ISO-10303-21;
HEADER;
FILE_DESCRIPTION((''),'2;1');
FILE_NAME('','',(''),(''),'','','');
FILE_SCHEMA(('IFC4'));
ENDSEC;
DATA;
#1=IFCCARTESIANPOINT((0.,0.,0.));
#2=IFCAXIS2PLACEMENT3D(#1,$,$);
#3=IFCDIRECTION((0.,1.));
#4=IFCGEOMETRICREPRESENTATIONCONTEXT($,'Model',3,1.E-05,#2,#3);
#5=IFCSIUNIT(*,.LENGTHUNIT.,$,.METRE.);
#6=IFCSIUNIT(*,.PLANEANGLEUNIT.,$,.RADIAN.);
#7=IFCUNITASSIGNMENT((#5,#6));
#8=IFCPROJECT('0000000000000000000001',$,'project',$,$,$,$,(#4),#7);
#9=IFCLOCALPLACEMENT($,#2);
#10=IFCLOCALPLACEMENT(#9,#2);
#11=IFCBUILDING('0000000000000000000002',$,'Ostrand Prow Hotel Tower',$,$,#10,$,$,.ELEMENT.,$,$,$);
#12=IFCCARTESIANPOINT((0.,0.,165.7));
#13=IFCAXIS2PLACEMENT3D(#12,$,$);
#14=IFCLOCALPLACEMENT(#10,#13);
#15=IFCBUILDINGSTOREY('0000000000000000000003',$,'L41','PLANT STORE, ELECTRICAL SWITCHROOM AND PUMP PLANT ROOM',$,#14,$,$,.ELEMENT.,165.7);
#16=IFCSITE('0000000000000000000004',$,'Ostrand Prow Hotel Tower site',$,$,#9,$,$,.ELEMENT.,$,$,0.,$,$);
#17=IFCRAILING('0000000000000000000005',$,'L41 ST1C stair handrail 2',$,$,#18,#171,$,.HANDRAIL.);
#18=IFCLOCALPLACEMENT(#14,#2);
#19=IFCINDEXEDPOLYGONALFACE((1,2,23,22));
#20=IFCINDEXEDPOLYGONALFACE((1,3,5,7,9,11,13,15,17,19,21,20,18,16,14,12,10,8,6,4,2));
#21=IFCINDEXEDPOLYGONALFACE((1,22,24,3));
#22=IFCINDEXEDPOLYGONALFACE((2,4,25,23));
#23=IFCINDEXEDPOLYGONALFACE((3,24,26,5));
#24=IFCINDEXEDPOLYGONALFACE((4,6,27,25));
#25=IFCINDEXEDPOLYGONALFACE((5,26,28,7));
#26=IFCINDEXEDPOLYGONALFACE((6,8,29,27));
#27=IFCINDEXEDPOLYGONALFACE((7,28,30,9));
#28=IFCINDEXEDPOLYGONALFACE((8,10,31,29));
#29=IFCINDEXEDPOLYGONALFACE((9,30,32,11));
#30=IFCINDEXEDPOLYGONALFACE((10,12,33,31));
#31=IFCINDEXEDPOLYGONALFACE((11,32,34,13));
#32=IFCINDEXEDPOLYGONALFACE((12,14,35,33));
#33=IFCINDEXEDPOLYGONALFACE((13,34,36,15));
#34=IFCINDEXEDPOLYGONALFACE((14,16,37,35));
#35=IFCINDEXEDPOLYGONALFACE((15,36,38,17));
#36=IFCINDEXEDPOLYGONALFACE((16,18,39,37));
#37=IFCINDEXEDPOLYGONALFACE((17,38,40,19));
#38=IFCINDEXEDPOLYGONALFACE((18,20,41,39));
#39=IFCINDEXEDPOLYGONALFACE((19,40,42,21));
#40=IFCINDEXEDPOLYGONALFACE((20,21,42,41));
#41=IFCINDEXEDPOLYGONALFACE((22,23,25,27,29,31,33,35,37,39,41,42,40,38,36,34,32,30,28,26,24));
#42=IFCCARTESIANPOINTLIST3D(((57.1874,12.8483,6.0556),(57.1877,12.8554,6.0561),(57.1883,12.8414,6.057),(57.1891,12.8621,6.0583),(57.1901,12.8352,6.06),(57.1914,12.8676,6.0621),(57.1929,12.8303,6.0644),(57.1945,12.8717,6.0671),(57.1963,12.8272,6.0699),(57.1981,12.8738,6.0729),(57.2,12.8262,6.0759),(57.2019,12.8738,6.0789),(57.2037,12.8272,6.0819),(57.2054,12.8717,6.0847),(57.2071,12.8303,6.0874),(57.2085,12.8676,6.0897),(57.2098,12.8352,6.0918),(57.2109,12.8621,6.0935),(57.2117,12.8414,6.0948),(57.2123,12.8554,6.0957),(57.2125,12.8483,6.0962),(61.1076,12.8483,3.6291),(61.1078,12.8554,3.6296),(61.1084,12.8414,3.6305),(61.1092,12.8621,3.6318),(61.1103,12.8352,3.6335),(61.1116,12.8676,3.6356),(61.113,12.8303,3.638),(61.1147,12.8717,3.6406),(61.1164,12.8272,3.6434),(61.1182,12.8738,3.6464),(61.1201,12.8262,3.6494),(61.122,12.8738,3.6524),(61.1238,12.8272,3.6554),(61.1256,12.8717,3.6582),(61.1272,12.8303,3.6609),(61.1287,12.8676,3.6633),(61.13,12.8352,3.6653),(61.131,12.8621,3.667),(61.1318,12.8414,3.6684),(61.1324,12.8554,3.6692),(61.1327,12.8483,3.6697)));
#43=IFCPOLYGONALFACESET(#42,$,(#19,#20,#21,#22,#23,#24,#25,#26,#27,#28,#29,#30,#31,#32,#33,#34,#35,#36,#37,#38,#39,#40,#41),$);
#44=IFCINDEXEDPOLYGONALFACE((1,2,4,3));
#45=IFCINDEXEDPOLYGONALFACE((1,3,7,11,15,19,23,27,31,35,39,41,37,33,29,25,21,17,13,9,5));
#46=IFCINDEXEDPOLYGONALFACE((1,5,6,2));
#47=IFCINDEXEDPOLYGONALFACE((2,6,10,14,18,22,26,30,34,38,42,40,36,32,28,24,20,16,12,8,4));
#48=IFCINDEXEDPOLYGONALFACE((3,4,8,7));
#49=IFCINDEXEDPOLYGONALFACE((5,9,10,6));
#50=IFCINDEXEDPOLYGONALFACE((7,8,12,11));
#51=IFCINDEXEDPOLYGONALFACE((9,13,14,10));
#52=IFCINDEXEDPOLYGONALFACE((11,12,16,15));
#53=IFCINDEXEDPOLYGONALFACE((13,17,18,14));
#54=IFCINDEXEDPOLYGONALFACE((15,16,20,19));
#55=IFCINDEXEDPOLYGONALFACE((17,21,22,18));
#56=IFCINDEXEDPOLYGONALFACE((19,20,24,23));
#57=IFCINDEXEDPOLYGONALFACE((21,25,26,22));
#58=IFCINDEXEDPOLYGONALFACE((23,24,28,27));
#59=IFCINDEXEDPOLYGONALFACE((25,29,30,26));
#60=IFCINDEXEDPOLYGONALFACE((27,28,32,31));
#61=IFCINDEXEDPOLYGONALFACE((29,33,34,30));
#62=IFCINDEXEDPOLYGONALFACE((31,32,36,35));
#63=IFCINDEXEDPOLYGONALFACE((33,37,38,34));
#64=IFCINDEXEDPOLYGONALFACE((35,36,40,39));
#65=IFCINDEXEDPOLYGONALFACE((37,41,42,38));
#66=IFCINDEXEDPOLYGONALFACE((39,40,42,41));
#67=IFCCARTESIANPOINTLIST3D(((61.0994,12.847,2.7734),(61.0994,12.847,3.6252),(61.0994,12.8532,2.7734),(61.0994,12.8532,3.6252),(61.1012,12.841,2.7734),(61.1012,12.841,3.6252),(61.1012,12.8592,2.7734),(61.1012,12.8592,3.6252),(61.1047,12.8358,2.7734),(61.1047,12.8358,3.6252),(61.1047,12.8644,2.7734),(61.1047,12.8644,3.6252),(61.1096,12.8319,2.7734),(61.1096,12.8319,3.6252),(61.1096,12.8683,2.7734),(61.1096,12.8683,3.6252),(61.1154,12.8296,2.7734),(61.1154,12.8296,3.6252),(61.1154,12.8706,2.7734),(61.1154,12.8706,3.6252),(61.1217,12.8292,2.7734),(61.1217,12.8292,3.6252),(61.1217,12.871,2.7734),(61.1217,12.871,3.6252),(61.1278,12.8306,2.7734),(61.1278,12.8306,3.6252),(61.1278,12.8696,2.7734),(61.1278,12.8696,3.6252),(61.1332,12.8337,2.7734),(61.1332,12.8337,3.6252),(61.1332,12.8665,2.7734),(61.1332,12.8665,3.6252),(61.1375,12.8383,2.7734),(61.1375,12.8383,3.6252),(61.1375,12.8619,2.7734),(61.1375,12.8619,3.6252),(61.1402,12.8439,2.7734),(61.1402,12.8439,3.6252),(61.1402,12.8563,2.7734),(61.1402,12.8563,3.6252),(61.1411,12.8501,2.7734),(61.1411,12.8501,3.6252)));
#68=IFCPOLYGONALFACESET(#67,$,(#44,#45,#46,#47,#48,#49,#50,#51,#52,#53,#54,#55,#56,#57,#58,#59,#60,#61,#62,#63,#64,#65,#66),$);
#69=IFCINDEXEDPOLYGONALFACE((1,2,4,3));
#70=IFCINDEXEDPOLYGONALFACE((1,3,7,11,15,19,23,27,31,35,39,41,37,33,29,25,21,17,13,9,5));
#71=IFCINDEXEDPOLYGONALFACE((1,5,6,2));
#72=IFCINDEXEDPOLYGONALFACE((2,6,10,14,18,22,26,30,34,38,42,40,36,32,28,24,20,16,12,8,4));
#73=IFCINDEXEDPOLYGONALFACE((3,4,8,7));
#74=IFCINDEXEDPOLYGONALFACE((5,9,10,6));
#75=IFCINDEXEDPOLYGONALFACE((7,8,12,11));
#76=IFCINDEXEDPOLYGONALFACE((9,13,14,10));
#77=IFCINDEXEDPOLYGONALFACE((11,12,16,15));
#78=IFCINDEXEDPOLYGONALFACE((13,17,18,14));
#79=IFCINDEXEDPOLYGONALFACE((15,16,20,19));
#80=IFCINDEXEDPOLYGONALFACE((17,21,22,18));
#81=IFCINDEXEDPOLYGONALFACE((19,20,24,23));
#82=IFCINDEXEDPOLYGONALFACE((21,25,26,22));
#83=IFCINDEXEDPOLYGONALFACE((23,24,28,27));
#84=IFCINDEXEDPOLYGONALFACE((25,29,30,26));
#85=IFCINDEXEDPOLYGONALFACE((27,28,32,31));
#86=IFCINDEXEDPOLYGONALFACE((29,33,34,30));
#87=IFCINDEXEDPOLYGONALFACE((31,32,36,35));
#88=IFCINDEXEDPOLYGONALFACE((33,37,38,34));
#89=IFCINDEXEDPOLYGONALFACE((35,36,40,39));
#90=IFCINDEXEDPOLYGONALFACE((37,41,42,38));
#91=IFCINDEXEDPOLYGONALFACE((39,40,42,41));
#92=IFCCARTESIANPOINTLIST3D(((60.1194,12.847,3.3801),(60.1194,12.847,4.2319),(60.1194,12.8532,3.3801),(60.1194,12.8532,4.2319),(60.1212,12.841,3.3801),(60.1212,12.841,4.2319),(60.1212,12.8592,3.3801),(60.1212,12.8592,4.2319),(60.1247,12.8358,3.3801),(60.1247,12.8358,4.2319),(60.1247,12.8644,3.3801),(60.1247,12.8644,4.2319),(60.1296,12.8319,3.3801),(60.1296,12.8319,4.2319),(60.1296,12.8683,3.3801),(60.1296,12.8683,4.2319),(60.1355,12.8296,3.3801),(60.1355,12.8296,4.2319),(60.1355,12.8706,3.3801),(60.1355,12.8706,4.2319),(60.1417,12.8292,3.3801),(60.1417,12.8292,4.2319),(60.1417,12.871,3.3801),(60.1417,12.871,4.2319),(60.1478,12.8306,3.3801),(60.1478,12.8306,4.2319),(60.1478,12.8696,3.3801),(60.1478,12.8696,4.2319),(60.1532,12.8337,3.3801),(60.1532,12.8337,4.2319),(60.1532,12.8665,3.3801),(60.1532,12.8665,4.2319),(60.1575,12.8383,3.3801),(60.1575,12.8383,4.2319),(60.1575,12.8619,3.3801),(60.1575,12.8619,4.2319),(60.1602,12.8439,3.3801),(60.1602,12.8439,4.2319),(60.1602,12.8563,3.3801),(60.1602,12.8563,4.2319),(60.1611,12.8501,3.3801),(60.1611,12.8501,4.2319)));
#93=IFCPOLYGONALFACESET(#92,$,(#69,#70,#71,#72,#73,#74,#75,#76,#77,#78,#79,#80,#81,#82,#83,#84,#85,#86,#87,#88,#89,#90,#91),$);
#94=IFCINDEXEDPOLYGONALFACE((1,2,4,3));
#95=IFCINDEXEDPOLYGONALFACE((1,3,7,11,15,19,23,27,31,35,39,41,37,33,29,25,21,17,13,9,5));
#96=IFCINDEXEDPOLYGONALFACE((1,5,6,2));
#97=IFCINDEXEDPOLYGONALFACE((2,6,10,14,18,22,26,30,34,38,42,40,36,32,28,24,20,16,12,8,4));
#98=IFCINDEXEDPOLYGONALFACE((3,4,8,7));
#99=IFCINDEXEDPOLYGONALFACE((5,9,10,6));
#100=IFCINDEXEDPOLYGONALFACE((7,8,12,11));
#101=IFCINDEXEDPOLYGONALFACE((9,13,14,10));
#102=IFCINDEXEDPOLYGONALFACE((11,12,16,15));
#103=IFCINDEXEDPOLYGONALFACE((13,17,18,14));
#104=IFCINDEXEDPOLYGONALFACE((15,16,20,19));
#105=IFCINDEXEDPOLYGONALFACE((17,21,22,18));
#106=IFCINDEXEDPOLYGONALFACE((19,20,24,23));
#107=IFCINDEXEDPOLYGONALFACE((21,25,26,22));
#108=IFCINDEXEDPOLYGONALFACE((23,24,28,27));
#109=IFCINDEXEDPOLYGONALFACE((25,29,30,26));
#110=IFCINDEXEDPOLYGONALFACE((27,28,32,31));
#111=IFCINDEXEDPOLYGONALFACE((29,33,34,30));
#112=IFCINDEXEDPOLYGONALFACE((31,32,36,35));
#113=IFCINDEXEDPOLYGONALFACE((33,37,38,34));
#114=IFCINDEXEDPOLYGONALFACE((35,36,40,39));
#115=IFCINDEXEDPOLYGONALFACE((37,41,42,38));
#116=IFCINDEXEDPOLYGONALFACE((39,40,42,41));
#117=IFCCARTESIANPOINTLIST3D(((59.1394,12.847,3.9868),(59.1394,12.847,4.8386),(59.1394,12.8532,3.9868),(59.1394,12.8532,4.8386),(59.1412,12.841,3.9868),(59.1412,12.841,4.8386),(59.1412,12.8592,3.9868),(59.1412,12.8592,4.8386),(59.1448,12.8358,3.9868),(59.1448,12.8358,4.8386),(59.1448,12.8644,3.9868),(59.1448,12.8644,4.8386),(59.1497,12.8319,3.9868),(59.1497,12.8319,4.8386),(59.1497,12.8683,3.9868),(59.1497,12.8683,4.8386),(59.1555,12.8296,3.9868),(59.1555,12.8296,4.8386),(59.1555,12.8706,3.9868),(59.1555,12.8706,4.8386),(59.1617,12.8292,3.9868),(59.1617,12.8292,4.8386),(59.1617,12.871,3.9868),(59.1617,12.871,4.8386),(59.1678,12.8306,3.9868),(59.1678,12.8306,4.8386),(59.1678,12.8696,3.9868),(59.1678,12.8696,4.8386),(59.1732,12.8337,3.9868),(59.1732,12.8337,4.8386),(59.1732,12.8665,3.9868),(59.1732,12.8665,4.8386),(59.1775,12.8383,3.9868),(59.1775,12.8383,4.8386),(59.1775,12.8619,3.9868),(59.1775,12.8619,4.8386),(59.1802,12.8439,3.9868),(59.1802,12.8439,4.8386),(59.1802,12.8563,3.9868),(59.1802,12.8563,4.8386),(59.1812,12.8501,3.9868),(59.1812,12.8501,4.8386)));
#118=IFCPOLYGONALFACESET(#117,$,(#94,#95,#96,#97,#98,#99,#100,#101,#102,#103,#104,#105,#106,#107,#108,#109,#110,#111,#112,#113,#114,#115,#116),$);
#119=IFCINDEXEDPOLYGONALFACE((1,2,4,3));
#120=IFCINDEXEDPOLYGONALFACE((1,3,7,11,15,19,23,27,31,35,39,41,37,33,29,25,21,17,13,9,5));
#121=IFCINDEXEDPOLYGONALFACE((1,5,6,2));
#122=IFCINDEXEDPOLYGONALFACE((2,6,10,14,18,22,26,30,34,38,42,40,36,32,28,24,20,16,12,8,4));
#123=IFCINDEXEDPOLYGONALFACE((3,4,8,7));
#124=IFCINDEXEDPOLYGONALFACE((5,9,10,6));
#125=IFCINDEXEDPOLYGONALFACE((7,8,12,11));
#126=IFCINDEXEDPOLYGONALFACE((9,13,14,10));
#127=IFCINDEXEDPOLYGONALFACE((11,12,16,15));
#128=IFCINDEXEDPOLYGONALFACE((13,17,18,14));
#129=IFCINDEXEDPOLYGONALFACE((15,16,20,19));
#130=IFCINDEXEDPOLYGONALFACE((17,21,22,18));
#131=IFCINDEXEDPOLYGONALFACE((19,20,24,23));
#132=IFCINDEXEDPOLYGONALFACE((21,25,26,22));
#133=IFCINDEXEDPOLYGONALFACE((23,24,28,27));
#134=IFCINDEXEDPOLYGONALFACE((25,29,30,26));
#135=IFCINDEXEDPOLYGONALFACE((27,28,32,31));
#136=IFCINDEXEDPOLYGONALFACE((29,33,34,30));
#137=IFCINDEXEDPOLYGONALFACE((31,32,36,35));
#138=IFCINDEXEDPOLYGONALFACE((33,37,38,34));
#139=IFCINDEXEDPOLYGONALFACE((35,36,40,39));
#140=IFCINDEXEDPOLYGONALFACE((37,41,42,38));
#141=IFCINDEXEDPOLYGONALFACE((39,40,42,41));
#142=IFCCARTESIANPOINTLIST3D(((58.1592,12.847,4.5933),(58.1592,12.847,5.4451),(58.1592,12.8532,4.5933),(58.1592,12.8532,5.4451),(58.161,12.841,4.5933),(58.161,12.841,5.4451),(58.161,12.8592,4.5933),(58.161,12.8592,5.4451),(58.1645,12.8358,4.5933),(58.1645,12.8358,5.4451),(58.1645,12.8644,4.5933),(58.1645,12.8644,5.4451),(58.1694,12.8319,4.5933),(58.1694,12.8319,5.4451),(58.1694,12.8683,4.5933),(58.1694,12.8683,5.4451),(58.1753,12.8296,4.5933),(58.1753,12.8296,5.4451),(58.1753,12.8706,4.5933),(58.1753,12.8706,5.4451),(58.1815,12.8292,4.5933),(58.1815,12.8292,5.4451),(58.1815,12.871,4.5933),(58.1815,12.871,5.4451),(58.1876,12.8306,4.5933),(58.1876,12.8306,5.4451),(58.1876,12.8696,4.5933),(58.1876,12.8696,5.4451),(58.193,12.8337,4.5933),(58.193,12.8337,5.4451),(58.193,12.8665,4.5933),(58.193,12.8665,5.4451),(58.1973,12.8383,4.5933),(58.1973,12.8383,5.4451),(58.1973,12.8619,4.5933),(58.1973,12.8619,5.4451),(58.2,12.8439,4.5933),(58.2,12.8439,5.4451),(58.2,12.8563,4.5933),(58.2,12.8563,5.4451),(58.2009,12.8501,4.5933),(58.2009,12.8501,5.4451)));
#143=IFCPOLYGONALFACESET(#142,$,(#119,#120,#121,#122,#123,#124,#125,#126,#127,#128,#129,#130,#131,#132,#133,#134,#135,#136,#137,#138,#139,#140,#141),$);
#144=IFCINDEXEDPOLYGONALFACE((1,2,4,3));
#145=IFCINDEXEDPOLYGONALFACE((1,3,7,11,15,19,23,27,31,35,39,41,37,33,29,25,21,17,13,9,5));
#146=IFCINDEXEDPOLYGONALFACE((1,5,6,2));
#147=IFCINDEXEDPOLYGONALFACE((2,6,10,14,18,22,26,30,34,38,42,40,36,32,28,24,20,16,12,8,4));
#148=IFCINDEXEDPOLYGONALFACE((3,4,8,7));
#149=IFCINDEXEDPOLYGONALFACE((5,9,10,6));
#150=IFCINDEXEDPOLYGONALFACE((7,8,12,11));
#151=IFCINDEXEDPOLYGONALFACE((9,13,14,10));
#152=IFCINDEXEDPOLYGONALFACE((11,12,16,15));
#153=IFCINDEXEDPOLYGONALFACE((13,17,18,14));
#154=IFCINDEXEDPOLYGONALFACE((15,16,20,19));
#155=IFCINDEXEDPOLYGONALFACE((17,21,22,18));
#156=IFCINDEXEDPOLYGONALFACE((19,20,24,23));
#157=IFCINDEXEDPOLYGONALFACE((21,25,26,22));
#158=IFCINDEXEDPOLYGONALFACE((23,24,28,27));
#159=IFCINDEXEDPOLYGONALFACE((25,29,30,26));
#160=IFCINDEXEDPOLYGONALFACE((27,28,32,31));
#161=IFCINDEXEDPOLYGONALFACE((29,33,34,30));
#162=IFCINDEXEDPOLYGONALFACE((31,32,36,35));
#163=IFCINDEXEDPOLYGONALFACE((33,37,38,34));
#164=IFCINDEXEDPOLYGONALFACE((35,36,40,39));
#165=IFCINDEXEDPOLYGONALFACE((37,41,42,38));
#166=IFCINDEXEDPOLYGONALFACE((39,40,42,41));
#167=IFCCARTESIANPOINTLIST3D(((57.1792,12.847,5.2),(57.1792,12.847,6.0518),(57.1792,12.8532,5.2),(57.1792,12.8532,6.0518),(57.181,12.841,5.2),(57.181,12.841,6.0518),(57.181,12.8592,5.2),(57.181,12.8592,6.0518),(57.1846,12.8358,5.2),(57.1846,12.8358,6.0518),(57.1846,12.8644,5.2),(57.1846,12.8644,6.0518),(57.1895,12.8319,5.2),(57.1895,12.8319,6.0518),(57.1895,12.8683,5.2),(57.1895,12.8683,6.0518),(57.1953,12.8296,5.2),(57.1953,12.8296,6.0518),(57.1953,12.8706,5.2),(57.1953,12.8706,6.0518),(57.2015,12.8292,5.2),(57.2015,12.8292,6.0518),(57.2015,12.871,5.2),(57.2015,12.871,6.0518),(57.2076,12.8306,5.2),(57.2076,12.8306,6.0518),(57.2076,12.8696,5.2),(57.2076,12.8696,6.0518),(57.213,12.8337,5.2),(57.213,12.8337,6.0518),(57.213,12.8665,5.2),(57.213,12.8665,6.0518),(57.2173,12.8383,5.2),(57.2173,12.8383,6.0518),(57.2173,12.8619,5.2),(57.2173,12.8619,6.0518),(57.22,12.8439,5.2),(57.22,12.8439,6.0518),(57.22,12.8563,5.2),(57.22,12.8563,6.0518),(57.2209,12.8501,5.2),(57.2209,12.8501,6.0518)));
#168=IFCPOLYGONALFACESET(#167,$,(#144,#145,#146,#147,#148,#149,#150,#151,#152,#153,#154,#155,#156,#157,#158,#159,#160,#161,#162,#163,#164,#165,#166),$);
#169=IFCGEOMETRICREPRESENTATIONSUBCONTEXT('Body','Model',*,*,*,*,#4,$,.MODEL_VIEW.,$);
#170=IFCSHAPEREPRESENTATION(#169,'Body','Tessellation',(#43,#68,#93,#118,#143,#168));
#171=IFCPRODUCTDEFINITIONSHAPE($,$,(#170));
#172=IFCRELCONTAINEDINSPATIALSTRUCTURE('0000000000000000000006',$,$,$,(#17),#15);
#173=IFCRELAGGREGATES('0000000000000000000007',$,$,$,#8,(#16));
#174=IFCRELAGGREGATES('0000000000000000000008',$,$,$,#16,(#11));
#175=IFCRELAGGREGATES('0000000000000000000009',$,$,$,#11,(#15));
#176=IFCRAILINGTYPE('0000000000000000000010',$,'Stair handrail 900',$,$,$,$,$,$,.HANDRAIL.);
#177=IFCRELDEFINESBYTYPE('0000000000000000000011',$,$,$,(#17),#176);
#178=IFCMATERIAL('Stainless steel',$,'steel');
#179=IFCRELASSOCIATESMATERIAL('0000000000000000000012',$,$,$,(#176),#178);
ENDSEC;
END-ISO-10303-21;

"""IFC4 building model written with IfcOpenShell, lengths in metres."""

from ifc_helpers import new_model, si_unit, direction, frame, origin, origin_2d, place, context, subcontext, project, spatial, circle, extrude, material, type_object, element, save


model = new_model("IFC4")

# Units and contexts
model_context = context("Model", 3, precision=1e-05, world=origin(), true_north=direction((0.0, 1.0)))
body_context = subcontext(model_context, "Body", "Model", "MODEL_VIEW")
ifc_project = project(units=[si_unit("LENGTHUNIT", "METRE"), si_unit("PLANEANGLEUNIT", "RADIAN")], contexts=[model_context])

# Site, building, storey
site_placement = place(None, origin())
site = spatial("IfcSite", under=ifc_project, at=site_placement, Name="Ostrand Prow Hotel Tower site", CompositionType="ELEMENT", RefElevation=0.0)
building_placement = place(site_placement, origin())
building = spatial("IfcBuilding", under=site, at=building_placement, Name="Ostrand Prow Hotel Tower", CompositionType="ELEMENT")
storey_placement = place(building_placement, frame((0.0, 0.0, 165.7)))
storey = spatial("IfcBuildingStorey", under=building, at=storey_placement, Name="L41", Description="PLANT STORE, ELECTRICAL SWITCHROOM AND PUMP PLANT ROOM", CompositionType="ELEMENT", Elevation=165.7)

# Railing
ifc_material_1 = material(Name="Stainless steel", Category="steel")
railing_type_1 = type_object("IfcRailingType", Name="Stair handrail 900", PredefinedType="HANDRAIL", material=ifc_material_1)
railing_1_placement = place(storey_placement, frame((61.1201, 12.8501, 2.7734)))
element("IfcRailing", 1, at=railing_1_placement, inside=storey, type_object=railing_type_1, Name="L41 ST1C stair handrail 2", PredefinedType="HANDRAIL", context=body_context, shape_type="SweptSolid", body=[
    extrude(circle(Radius=0.0239, at=origin_2d()), frame((0.0, 0.0, 0.876), z_axis=(-0.85029, 0.0, 0.526315), x_axis=(0.0, -1.0, 0.0)), (0.0, 0.0, 1.0), 4.6104),
    extrude(circle(Radius=0.021, at=origin_2d()), origin(), (0.0, 0.0, 1.0), 0.8518),
    extrude(circle(Radius=0.021, at=origin_2d()), frame((-0.98, 0.0, 0.6067)), (0.0, 0.0, 1.0), 0.8518),
    extrude(circle(Radius=0.021, at=origin_2d()), frame((-1.96, 0.0, 1.2134)), (0.0, 0.0, 1.0), 0.8518),
    extrude(circle(Radius=0.021, at=origin_2d()), frame((-2.9402, 0.0, 1.8198)), (0.0, 0.0, 1.0), 0.8518),
    extrude(circle(Radius=0.021, at=origin_2d()), frame((-3.9202, 0.0, 2.4265)), (0.0, 0.0, 1.0), 0.8518),
])

save(model, "model.ifc")
